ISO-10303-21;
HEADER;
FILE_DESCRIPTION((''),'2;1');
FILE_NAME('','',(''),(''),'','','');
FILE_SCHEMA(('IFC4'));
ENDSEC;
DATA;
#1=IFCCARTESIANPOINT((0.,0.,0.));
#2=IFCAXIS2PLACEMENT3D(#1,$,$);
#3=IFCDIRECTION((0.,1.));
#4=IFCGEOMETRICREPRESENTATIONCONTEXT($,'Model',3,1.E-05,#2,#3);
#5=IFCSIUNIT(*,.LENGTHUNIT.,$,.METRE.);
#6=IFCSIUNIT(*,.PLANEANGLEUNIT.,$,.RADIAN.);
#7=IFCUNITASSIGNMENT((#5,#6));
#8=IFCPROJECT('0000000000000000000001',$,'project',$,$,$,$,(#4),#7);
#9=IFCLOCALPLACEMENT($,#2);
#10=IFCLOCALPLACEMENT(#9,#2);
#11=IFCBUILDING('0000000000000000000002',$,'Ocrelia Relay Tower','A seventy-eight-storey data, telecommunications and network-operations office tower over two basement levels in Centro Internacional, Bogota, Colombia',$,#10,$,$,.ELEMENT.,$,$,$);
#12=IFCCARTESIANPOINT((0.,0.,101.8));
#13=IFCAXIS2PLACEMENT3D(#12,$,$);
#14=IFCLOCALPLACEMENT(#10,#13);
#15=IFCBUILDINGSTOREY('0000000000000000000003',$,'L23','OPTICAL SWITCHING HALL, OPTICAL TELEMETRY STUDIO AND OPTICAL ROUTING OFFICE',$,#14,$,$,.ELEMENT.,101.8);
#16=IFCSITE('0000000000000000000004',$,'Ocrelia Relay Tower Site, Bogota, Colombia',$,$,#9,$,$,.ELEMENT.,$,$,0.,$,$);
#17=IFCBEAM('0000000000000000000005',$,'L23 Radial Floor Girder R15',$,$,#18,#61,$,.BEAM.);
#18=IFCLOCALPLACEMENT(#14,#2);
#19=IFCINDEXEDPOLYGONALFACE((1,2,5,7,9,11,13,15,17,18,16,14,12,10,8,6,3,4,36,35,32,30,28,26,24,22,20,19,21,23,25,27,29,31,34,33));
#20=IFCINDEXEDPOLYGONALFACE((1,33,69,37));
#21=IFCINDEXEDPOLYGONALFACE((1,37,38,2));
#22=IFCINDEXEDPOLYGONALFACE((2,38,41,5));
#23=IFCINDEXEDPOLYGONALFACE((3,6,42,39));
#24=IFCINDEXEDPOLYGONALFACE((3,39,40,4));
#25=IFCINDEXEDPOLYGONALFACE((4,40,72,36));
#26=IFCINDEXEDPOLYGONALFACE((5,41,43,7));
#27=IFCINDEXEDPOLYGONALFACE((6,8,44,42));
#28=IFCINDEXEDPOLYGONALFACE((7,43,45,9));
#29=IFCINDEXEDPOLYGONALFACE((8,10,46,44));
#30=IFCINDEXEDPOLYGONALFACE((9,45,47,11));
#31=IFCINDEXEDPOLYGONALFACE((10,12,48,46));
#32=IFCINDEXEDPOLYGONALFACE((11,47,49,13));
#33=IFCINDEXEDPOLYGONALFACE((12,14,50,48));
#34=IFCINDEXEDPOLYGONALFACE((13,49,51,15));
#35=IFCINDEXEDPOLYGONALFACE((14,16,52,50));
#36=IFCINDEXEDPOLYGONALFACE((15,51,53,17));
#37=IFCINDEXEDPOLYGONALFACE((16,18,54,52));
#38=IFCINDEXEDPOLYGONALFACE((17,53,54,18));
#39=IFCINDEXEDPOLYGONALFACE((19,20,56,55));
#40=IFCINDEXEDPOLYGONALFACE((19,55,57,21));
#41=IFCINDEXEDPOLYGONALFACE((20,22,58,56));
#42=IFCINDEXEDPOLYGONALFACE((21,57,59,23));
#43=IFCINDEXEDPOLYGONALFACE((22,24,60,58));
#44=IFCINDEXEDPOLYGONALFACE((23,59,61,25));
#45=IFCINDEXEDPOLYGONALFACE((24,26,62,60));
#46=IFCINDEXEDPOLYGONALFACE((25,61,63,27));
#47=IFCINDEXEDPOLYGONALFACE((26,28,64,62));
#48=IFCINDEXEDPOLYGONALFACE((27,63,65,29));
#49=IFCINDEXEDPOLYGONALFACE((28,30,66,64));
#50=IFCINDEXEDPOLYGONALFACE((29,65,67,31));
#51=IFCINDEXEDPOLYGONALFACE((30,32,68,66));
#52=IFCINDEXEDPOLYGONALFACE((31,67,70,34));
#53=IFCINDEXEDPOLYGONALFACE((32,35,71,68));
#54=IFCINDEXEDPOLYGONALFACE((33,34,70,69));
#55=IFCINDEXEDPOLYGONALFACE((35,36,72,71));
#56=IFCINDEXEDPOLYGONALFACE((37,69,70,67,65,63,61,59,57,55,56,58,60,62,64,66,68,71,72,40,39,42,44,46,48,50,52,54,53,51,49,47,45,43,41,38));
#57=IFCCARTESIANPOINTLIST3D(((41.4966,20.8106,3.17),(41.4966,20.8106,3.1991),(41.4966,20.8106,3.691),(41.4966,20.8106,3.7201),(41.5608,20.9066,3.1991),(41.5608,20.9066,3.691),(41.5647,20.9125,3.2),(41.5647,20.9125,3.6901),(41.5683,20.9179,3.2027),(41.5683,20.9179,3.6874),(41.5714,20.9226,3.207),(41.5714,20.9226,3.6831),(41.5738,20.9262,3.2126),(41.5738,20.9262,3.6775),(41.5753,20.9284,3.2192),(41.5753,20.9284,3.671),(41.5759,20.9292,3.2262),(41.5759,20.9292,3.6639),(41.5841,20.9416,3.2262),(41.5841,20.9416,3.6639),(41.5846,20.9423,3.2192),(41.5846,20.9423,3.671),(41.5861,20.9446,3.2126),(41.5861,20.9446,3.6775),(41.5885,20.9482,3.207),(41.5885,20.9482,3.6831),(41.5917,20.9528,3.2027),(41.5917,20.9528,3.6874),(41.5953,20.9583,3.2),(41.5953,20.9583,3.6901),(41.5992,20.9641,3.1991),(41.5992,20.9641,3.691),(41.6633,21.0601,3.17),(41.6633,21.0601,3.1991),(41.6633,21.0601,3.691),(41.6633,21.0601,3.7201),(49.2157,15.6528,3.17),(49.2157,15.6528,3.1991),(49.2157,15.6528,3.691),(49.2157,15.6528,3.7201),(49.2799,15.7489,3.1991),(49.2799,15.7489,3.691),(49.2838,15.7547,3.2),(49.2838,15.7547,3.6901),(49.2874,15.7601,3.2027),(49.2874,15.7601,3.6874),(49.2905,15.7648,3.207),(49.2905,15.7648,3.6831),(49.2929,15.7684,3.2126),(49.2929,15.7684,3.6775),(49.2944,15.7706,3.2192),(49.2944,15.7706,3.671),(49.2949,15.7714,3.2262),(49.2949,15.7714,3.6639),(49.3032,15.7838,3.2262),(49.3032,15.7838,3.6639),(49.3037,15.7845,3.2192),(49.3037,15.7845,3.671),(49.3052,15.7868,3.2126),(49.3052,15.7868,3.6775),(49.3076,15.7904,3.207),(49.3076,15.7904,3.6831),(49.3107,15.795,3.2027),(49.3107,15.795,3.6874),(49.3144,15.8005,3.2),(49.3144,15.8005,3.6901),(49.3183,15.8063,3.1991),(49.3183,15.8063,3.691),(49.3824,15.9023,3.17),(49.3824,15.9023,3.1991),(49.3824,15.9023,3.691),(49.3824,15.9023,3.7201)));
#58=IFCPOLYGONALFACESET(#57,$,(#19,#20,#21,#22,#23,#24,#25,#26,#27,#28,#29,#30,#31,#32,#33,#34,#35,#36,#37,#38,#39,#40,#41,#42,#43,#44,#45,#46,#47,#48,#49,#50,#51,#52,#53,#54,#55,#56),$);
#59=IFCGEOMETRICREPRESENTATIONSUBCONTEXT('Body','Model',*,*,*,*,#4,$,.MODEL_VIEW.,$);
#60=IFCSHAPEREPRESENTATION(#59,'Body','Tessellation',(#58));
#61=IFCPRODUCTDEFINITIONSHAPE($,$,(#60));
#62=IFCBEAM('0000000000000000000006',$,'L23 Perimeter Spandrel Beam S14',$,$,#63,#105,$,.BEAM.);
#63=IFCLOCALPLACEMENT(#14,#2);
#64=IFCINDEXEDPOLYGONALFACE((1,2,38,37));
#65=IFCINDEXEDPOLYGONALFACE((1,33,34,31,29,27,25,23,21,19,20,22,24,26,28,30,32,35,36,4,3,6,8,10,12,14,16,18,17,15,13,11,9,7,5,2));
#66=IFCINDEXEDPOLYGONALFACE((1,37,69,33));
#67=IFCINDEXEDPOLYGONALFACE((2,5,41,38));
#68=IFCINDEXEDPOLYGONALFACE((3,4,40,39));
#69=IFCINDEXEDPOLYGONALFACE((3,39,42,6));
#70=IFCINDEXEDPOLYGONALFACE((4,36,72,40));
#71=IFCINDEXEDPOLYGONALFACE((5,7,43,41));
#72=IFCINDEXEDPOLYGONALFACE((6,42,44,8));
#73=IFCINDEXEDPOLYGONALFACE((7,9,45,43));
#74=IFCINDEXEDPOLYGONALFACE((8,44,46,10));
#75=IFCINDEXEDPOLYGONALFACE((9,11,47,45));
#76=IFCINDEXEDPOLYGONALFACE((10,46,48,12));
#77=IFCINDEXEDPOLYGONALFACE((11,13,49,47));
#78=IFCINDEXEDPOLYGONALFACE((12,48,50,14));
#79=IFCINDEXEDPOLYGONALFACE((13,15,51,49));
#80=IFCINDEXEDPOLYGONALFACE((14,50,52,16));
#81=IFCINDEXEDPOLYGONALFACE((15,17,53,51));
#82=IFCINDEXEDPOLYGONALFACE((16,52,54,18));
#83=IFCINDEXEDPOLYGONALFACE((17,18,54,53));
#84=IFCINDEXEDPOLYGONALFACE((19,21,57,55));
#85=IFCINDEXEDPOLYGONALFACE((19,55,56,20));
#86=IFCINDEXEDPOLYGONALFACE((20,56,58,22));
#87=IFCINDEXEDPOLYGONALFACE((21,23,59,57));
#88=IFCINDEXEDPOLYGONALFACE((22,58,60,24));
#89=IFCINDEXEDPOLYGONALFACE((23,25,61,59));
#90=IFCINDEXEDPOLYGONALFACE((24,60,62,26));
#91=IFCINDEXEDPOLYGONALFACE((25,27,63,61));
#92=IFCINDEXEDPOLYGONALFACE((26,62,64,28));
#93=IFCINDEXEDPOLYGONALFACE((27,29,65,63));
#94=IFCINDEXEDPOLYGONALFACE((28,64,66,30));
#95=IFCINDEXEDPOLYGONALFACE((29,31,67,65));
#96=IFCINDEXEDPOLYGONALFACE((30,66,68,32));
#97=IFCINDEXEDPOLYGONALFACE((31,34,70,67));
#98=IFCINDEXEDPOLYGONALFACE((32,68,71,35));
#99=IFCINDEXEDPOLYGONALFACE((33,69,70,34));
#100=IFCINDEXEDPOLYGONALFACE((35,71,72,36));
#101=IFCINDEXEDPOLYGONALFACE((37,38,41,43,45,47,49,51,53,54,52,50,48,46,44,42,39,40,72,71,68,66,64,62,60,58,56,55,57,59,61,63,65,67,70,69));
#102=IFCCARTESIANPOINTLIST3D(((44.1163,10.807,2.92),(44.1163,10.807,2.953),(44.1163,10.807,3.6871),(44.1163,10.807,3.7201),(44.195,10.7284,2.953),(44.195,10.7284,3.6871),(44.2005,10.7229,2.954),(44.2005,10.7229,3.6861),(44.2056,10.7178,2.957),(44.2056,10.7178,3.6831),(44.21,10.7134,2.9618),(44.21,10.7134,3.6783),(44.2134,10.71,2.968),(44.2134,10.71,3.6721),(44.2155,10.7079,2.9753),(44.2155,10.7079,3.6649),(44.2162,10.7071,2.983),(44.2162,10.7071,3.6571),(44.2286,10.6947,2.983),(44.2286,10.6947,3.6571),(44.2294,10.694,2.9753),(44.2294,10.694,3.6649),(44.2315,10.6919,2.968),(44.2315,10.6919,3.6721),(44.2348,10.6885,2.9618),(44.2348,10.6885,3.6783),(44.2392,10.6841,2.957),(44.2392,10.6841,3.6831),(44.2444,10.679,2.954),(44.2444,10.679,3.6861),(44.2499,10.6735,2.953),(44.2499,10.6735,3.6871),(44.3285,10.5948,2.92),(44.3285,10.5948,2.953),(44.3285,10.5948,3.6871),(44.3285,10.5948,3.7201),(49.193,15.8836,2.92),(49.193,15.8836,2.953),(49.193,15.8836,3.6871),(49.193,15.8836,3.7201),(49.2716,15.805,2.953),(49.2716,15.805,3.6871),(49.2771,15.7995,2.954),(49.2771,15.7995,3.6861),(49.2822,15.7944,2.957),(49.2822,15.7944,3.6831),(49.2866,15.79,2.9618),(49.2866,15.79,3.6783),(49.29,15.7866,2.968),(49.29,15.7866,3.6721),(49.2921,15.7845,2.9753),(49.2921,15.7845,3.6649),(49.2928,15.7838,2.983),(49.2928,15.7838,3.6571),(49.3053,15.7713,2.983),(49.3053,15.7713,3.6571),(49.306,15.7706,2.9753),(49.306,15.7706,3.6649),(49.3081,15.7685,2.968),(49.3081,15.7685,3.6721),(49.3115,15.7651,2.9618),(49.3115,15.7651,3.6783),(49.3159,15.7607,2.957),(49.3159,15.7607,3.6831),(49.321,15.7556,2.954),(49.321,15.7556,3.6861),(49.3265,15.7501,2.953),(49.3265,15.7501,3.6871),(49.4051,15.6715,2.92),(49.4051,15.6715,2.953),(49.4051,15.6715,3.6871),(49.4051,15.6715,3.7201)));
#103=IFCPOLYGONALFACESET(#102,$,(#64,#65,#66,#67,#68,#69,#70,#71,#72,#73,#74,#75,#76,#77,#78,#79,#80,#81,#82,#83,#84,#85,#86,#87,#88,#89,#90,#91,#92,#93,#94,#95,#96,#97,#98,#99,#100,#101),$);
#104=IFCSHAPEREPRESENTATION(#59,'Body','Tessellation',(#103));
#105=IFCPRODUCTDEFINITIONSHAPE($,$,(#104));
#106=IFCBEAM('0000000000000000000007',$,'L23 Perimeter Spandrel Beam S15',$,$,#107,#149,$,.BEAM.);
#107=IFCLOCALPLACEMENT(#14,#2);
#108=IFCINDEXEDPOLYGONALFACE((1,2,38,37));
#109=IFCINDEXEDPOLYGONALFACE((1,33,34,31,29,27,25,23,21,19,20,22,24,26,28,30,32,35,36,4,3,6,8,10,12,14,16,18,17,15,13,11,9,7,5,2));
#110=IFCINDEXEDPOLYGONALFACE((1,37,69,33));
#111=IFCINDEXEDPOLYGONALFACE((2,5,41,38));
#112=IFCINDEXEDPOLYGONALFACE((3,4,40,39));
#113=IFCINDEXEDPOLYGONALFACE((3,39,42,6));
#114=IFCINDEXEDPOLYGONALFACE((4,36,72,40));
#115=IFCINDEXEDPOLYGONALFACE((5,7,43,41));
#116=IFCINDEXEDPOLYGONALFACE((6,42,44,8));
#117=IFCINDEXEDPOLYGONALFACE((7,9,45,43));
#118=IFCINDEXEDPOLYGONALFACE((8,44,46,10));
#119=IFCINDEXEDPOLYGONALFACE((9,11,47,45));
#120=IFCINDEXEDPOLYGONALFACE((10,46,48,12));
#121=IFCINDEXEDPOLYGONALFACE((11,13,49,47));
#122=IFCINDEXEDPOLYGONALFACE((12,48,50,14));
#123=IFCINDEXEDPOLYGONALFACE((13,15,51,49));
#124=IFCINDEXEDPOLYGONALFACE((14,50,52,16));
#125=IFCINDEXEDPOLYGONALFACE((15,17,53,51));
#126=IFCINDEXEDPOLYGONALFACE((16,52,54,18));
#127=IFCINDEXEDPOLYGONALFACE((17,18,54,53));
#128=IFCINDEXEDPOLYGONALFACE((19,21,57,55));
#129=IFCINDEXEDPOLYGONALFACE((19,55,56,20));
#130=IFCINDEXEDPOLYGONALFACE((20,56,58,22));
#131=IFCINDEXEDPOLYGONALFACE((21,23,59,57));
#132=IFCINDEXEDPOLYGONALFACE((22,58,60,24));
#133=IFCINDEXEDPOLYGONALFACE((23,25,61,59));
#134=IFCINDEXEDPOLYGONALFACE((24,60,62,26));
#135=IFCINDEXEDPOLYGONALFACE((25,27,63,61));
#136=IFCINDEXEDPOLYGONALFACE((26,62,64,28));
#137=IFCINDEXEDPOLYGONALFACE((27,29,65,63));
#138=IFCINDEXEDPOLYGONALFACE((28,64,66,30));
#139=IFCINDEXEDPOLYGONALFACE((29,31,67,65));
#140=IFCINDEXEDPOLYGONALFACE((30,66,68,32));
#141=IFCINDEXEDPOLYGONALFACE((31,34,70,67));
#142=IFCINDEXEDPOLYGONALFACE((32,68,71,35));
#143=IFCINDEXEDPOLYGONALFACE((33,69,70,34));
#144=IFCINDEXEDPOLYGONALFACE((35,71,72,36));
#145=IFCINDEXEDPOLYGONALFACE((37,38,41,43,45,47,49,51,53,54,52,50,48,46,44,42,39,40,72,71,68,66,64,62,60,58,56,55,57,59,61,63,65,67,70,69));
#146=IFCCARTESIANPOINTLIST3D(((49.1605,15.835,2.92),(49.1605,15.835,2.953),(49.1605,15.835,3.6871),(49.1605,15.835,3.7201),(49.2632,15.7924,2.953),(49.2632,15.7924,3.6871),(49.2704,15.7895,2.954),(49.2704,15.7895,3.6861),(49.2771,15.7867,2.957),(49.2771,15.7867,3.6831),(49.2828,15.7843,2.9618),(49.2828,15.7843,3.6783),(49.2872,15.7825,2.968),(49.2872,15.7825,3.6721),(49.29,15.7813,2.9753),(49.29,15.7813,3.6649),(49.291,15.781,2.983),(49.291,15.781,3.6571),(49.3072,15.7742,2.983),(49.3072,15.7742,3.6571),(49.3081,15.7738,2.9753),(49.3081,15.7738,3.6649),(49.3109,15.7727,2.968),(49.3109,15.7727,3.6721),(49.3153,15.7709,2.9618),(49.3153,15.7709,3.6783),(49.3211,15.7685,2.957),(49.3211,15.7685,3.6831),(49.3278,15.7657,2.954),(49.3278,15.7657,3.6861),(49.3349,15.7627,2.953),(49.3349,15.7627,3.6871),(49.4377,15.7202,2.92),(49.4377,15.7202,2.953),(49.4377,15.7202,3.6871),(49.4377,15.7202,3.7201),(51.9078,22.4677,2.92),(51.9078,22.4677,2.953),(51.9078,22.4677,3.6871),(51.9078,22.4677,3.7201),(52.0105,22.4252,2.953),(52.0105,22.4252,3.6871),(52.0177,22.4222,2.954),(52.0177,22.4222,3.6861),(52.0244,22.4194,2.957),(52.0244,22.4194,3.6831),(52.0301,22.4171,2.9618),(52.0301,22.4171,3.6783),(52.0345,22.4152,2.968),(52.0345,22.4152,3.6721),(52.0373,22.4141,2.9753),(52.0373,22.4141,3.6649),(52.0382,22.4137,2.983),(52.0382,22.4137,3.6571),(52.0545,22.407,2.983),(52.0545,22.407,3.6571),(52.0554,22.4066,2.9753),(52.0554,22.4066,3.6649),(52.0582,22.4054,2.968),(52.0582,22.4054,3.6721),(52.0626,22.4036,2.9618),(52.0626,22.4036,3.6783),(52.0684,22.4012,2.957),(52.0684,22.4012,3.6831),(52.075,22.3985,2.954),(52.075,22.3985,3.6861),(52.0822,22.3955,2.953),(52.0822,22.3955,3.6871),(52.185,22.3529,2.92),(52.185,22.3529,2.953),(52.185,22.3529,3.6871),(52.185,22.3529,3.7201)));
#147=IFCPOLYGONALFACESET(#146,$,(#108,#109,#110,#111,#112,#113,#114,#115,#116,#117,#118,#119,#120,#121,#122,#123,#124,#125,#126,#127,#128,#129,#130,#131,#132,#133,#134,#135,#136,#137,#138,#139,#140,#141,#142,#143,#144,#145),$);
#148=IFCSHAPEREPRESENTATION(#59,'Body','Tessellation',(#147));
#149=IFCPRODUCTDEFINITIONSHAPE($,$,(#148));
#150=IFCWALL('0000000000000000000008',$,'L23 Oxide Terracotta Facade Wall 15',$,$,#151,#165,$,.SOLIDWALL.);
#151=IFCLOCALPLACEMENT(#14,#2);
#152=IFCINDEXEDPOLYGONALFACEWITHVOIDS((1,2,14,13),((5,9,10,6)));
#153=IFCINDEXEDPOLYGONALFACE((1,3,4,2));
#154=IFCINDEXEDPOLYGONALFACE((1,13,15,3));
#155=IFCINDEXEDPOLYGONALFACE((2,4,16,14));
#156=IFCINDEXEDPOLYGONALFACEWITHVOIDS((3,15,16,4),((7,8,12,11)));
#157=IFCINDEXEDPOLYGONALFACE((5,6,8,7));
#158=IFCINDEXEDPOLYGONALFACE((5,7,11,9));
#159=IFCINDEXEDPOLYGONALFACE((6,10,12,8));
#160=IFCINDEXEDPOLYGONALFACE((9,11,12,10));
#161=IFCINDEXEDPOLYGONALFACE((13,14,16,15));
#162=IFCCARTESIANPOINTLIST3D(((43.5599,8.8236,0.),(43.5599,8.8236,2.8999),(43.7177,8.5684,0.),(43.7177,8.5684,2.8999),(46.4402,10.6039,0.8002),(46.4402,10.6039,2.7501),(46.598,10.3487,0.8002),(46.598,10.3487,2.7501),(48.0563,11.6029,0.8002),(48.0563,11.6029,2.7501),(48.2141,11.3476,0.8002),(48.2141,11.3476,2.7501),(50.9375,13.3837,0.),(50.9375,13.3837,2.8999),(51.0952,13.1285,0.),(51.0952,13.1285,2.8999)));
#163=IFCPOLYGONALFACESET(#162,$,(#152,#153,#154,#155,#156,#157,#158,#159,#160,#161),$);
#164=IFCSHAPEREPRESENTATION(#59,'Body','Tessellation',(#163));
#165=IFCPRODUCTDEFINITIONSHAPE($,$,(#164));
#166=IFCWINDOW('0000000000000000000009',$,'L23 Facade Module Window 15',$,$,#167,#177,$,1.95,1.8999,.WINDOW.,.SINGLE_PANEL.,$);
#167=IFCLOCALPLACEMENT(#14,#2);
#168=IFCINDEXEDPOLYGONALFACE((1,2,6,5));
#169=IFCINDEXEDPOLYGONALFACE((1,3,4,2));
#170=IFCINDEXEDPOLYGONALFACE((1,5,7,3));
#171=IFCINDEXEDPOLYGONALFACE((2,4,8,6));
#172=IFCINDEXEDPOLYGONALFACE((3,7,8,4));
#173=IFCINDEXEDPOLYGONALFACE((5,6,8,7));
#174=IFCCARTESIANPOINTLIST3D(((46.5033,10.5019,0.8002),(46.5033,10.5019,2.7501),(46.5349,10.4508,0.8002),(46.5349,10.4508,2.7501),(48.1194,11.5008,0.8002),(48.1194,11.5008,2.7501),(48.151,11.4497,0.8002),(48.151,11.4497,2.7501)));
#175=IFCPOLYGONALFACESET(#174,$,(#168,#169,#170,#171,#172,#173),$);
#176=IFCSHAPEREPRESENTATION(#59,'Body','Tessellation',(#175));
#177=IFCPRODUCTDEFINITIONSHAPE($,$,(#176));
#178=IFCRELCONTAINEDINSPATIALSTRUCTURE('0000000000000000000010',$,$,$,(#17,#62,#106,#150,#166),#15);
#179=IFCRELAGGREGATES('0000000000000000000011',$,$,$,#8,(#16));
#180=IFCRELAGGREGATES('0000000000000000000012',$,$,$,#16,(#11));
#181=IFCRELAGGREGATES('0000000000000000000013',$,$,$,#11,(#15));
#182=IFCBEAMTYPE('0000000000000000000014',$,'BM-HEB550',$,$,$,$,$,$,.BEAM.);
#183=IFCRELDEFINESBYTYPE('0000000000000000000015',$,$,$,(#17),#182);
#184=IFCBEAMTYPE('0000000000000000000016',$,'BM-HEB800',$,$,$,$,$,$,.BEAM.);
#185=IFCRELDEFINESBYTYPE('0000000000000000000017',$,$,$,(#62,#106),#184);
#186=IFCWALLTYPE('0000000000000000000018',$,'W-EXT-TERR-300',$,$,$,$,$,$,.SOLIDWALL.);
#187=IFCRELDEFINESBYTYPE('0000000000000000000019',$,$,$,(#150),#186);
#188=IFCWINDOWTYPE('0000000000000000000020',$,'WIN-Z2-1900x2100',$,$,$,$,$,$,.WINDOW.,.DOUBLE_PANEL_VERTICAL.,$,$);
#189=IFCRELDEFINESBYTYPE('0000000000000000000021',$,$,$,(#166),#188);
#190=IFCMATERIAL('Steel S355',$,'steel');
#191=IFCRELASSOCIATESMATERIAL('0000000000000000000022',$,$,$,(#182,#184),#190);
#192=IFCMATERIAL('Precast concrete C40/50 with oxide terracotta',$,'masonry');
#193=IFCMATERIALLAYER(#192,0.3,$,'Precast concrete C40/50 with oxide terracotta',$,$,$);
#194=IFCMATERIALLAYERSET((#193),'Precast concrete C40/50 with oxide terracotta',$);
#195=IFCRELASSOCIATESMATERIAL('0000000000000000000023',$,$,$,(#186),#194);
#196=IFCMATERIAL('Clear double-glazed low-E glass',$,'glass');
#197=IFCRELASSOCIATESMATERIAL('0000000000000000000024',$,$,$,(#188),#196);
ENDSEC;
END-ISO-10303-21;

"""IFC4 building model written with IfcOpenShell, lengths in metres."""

from ifc_helpers import new_model, si_unit, direction, frame, frame_2d, origin, origin_2d, place, context, subcontext, project, spatial, rectangle, i_section, extrude, material, layer, layer_set, material_profile, profile_set, type_object, element, fill, save


model = new_model("IFC4")

# Units and contexts
model_context = context("Model", 3, precision=1e-05, world=origin(), true_north=direction((0.0, 1.0)))
body_context = subcontext(model_context, "Body", "Model", "MODEL_VIEW")
ifc_project = project(units=[si_unit("LENGTHUNIT", "METRE"), si_unit("PLANEANGLEUNIT", "RADIAN")], contexts=[model_context])

# Site, building, storey
site_placement = place(None, origin())
site = spatial("IfcSite", under=ifc_project, at=site_placement, Name="Ocrelia Relay Tower Site, Bogota, Colombia", CompositionType="ELEMENT", RefElevation=0.0)
building_placement = place(site_placement, origin())
building = spatial("IfcBuilding", under=site, at=building_placement, Name="Ocrelia Relay Tower", Description="A seventy-eight-storey data, telecommunications and network-operations office tower over two basement levels in Centro Internacional, Bogota, Colombia", CompositionType="ELEMENT")
storey_placement = place(building_placement, frame((0.0, 0.0, 101.8)))
storey = spatial("IfcBuildingStorey", under=building, at=storey_placement, Name="L23", Description="OPTICAL SWITCHING HALL, OPTICAL TELEMETRY STUDIO AND OPTICAL ROUTING OFFICE", CompositionType="ELEMENT", Elevation=101.8)

# Beams
ifc_material_1 = material(Name="Steel S355", Category="steel")
ifc_material_profile_1 = material_profile(ifc_material_1, i_section(OverallWidth=0.3, OverallDepth=0.55, WebThickness=0.0149, FlangeThickness=0.0291, FilletRadius=0.0271, at=origin_2d()), Name="HEB 550")
ifc_profile_set_1 = profile_set([ifc_material_profile_1], Name="Steel S355")
beam_type_1 = type_object("IfcBeamType", Name="BM-HEB550", PredefinedType="BEAM", material=ifc_profile_set_1)
beam_1_placement = place(storey_placement, frame((49.2991, 15.7776, 3.4451), z_axis=(-0.831467, 0.555574, 0.0), x_axis=(-0.555574, -0.831467, 0.0)))
element("IfcBeam", 1, at=beam_1_placement, inside=storey, type_object=beam_type_1, Name="L23 Radial Floor Girder R15", PredefinedType="BEAM", context=body_context, shape_type="SweptSolid", body=[
    extrude(i_section(OverallWidth=0.3, OverallDepth=0.55, WebThickness=0.0149, FlangeThickness=0.0291, FilletRadius=0.0271, at=origin_2d()), origin(), (0.0, 0.0, 1.0), 9.2837),
])
ifc_material_profile_2 = material_profile(ifc_material_1, i_section(OverallWidth=0.3, OverallDepth=0.8, WebThickness=0.0176, FlangeThickness=0.033, FilletRadius=0.03, at=origin_2d()), Name="HEB 800")
ifc_profile_set_2 = profile_set([ifc_material_profile_2], Name="Steel S355")
beam_type_2 = type_object("IfcBeamType", Name="BM-HEB800", PredefinedType="BEAM", material=ifc_profile_set_2)
beam_2_placement = place(storey_placement, frame((44.2224, 10.7009, 3.3201), z_axis=(0.707107, 0.707107, 0.0), x_axis=(-0.707107, 0.707107, 0.0)))
element("IfcBeam", 2, at=beam_2_placement, inside=storey, type_object=beam_type_2, Name="L23 Perimeter Spandrel Beam S14", PredefinedType="BEAM", context=body_context, shape_type="SweptSolid", body=[
    extrude(i_section(OverallWidth=0.3, OverallDepth=0.8, WebThickness=0.0176, FlangeThickness=0.033, FilletRadius=0.03, at=origin_2d()), origin(), (0.0, 0.0, 1.0), 7.1794),
])
beam_3_placement = place(storey_placement, frame((49.2991, 15.7776, 3.3201), z_axis=(0.382673, 0.923884, 0.0), x_axis=(-0.923884, 0.382673, 0.0)))
element("IfcBeam", 3, at=beam_3_placement, inside=storey, type_object=beam_type_2, Name="L23 Perimeter Spandrel Beam S15", PredefinedType="BEAM", context=body_context, shape_type="SweptSolid", body=[
    extrude(i_section(OverallWidth=0.3, OverallDepth=0.8, WebThickness=0.0176, FlangeThickness=0.033, FilletRadius=0.03, at=origin_2d()), origin(), (0.0, 0.0, 1.0), 7.1792),
])

# Wall, opening, window
ifc_material_2 = material(Name="Precast concrete C40/50 with oxide terracotta", Category="masonry")
ifc_layer_1 = layer(ifc_material_2, 0.3, Name="Precast concrete C40/50 with oxide terracotta")
ifc_layer_set_1 = layer_set([ifc_layer_1], Name="Precast concrete C40/50 with oxide terracotta")
wall_type_1 = type_object("IfcWallType", Name="W-EXT-TERR-300", PredefinedType="SOLIDWALL", material=ifc_layer_set_1)
wall_1_placement = place(storey_placement, frame((43.6389, 8.696, 0.0), z_axis=(0.0, 0.0, 1.0), x_axis=(0.850622, 0.525777, 0.0)))
wall_1 = element("IfcWall", 4, at=wall_1_placement, inside=storey, type_object=wall_type_1, Name="L23 Oxide Terracotta Facade Wall 15", PredefinedType="SOLIDWALL", context=body_context, shape_type="SweptSolid", body=[
    extrude(rectangle(XDim=8.6731, YDim=0.3, at=frame_2d((4.3364, 0.0))), origin(), (0.0, 0.0, 1.0), 2.8999),
])
opening_1_placement = place(wall_1_placement, frame((3.386, 0.0, 0.8)))
opening_1 = element("IfcOpeningElement", 5, at=opening_1_placement, cuts=wall_1, PredefinedType="OPENING", context=body_context, shape_type="SweptSolid", body=[
    extrude(rectangle(XDim=1.8999, YDim=1.95, at=frame_2d((0.95, 0.9751))), frame((0.0, 0.1602, 0.0), z_axis=(0.0, -1.0, 0.0), x_axis=(1.0, 0.0, 0.0)), (0.0, 0.0, 1.0), 0.3201),
])
ifc_material_3 = material(Name="Clear double-glazed low-E glass", Category="glass")
window_type = type_object("IfcWindowType", Name="WIN-Z2-1900x2100", PartitioningType="DOUBLE_PANEL_VERTICAL", PredefinedType="WINDOW", material=ifc_material_3)
window_1_placement = place(opening_1_placement, origin())
window_1 = element("IfcWindow", 6, at=window_1_placement, inside=storey, type_object=window_type, Name="L23 Facade Module Window 15", OverallHeight=1.95, OverallWidth=1.8999, PartitioningType="SINGLE_PANEL", PredefinedType="WINDOW", context=body_context, shape_type="SweptSolid", body=[
    extrude(rectangle(XDim=1.8999, YDim=1.95, at=frame_2d((0.95, 0.9751))), frame((0.0, 0.03, 0.0), z_axis=(0.0, -1.0, 0.0), x_axis=(1.0, 0.0, 0.0)), (0.0, 0.0, 1.0), 0.0601),
])
fill(opening_1, window_1)

save(model, "model.ifc")
